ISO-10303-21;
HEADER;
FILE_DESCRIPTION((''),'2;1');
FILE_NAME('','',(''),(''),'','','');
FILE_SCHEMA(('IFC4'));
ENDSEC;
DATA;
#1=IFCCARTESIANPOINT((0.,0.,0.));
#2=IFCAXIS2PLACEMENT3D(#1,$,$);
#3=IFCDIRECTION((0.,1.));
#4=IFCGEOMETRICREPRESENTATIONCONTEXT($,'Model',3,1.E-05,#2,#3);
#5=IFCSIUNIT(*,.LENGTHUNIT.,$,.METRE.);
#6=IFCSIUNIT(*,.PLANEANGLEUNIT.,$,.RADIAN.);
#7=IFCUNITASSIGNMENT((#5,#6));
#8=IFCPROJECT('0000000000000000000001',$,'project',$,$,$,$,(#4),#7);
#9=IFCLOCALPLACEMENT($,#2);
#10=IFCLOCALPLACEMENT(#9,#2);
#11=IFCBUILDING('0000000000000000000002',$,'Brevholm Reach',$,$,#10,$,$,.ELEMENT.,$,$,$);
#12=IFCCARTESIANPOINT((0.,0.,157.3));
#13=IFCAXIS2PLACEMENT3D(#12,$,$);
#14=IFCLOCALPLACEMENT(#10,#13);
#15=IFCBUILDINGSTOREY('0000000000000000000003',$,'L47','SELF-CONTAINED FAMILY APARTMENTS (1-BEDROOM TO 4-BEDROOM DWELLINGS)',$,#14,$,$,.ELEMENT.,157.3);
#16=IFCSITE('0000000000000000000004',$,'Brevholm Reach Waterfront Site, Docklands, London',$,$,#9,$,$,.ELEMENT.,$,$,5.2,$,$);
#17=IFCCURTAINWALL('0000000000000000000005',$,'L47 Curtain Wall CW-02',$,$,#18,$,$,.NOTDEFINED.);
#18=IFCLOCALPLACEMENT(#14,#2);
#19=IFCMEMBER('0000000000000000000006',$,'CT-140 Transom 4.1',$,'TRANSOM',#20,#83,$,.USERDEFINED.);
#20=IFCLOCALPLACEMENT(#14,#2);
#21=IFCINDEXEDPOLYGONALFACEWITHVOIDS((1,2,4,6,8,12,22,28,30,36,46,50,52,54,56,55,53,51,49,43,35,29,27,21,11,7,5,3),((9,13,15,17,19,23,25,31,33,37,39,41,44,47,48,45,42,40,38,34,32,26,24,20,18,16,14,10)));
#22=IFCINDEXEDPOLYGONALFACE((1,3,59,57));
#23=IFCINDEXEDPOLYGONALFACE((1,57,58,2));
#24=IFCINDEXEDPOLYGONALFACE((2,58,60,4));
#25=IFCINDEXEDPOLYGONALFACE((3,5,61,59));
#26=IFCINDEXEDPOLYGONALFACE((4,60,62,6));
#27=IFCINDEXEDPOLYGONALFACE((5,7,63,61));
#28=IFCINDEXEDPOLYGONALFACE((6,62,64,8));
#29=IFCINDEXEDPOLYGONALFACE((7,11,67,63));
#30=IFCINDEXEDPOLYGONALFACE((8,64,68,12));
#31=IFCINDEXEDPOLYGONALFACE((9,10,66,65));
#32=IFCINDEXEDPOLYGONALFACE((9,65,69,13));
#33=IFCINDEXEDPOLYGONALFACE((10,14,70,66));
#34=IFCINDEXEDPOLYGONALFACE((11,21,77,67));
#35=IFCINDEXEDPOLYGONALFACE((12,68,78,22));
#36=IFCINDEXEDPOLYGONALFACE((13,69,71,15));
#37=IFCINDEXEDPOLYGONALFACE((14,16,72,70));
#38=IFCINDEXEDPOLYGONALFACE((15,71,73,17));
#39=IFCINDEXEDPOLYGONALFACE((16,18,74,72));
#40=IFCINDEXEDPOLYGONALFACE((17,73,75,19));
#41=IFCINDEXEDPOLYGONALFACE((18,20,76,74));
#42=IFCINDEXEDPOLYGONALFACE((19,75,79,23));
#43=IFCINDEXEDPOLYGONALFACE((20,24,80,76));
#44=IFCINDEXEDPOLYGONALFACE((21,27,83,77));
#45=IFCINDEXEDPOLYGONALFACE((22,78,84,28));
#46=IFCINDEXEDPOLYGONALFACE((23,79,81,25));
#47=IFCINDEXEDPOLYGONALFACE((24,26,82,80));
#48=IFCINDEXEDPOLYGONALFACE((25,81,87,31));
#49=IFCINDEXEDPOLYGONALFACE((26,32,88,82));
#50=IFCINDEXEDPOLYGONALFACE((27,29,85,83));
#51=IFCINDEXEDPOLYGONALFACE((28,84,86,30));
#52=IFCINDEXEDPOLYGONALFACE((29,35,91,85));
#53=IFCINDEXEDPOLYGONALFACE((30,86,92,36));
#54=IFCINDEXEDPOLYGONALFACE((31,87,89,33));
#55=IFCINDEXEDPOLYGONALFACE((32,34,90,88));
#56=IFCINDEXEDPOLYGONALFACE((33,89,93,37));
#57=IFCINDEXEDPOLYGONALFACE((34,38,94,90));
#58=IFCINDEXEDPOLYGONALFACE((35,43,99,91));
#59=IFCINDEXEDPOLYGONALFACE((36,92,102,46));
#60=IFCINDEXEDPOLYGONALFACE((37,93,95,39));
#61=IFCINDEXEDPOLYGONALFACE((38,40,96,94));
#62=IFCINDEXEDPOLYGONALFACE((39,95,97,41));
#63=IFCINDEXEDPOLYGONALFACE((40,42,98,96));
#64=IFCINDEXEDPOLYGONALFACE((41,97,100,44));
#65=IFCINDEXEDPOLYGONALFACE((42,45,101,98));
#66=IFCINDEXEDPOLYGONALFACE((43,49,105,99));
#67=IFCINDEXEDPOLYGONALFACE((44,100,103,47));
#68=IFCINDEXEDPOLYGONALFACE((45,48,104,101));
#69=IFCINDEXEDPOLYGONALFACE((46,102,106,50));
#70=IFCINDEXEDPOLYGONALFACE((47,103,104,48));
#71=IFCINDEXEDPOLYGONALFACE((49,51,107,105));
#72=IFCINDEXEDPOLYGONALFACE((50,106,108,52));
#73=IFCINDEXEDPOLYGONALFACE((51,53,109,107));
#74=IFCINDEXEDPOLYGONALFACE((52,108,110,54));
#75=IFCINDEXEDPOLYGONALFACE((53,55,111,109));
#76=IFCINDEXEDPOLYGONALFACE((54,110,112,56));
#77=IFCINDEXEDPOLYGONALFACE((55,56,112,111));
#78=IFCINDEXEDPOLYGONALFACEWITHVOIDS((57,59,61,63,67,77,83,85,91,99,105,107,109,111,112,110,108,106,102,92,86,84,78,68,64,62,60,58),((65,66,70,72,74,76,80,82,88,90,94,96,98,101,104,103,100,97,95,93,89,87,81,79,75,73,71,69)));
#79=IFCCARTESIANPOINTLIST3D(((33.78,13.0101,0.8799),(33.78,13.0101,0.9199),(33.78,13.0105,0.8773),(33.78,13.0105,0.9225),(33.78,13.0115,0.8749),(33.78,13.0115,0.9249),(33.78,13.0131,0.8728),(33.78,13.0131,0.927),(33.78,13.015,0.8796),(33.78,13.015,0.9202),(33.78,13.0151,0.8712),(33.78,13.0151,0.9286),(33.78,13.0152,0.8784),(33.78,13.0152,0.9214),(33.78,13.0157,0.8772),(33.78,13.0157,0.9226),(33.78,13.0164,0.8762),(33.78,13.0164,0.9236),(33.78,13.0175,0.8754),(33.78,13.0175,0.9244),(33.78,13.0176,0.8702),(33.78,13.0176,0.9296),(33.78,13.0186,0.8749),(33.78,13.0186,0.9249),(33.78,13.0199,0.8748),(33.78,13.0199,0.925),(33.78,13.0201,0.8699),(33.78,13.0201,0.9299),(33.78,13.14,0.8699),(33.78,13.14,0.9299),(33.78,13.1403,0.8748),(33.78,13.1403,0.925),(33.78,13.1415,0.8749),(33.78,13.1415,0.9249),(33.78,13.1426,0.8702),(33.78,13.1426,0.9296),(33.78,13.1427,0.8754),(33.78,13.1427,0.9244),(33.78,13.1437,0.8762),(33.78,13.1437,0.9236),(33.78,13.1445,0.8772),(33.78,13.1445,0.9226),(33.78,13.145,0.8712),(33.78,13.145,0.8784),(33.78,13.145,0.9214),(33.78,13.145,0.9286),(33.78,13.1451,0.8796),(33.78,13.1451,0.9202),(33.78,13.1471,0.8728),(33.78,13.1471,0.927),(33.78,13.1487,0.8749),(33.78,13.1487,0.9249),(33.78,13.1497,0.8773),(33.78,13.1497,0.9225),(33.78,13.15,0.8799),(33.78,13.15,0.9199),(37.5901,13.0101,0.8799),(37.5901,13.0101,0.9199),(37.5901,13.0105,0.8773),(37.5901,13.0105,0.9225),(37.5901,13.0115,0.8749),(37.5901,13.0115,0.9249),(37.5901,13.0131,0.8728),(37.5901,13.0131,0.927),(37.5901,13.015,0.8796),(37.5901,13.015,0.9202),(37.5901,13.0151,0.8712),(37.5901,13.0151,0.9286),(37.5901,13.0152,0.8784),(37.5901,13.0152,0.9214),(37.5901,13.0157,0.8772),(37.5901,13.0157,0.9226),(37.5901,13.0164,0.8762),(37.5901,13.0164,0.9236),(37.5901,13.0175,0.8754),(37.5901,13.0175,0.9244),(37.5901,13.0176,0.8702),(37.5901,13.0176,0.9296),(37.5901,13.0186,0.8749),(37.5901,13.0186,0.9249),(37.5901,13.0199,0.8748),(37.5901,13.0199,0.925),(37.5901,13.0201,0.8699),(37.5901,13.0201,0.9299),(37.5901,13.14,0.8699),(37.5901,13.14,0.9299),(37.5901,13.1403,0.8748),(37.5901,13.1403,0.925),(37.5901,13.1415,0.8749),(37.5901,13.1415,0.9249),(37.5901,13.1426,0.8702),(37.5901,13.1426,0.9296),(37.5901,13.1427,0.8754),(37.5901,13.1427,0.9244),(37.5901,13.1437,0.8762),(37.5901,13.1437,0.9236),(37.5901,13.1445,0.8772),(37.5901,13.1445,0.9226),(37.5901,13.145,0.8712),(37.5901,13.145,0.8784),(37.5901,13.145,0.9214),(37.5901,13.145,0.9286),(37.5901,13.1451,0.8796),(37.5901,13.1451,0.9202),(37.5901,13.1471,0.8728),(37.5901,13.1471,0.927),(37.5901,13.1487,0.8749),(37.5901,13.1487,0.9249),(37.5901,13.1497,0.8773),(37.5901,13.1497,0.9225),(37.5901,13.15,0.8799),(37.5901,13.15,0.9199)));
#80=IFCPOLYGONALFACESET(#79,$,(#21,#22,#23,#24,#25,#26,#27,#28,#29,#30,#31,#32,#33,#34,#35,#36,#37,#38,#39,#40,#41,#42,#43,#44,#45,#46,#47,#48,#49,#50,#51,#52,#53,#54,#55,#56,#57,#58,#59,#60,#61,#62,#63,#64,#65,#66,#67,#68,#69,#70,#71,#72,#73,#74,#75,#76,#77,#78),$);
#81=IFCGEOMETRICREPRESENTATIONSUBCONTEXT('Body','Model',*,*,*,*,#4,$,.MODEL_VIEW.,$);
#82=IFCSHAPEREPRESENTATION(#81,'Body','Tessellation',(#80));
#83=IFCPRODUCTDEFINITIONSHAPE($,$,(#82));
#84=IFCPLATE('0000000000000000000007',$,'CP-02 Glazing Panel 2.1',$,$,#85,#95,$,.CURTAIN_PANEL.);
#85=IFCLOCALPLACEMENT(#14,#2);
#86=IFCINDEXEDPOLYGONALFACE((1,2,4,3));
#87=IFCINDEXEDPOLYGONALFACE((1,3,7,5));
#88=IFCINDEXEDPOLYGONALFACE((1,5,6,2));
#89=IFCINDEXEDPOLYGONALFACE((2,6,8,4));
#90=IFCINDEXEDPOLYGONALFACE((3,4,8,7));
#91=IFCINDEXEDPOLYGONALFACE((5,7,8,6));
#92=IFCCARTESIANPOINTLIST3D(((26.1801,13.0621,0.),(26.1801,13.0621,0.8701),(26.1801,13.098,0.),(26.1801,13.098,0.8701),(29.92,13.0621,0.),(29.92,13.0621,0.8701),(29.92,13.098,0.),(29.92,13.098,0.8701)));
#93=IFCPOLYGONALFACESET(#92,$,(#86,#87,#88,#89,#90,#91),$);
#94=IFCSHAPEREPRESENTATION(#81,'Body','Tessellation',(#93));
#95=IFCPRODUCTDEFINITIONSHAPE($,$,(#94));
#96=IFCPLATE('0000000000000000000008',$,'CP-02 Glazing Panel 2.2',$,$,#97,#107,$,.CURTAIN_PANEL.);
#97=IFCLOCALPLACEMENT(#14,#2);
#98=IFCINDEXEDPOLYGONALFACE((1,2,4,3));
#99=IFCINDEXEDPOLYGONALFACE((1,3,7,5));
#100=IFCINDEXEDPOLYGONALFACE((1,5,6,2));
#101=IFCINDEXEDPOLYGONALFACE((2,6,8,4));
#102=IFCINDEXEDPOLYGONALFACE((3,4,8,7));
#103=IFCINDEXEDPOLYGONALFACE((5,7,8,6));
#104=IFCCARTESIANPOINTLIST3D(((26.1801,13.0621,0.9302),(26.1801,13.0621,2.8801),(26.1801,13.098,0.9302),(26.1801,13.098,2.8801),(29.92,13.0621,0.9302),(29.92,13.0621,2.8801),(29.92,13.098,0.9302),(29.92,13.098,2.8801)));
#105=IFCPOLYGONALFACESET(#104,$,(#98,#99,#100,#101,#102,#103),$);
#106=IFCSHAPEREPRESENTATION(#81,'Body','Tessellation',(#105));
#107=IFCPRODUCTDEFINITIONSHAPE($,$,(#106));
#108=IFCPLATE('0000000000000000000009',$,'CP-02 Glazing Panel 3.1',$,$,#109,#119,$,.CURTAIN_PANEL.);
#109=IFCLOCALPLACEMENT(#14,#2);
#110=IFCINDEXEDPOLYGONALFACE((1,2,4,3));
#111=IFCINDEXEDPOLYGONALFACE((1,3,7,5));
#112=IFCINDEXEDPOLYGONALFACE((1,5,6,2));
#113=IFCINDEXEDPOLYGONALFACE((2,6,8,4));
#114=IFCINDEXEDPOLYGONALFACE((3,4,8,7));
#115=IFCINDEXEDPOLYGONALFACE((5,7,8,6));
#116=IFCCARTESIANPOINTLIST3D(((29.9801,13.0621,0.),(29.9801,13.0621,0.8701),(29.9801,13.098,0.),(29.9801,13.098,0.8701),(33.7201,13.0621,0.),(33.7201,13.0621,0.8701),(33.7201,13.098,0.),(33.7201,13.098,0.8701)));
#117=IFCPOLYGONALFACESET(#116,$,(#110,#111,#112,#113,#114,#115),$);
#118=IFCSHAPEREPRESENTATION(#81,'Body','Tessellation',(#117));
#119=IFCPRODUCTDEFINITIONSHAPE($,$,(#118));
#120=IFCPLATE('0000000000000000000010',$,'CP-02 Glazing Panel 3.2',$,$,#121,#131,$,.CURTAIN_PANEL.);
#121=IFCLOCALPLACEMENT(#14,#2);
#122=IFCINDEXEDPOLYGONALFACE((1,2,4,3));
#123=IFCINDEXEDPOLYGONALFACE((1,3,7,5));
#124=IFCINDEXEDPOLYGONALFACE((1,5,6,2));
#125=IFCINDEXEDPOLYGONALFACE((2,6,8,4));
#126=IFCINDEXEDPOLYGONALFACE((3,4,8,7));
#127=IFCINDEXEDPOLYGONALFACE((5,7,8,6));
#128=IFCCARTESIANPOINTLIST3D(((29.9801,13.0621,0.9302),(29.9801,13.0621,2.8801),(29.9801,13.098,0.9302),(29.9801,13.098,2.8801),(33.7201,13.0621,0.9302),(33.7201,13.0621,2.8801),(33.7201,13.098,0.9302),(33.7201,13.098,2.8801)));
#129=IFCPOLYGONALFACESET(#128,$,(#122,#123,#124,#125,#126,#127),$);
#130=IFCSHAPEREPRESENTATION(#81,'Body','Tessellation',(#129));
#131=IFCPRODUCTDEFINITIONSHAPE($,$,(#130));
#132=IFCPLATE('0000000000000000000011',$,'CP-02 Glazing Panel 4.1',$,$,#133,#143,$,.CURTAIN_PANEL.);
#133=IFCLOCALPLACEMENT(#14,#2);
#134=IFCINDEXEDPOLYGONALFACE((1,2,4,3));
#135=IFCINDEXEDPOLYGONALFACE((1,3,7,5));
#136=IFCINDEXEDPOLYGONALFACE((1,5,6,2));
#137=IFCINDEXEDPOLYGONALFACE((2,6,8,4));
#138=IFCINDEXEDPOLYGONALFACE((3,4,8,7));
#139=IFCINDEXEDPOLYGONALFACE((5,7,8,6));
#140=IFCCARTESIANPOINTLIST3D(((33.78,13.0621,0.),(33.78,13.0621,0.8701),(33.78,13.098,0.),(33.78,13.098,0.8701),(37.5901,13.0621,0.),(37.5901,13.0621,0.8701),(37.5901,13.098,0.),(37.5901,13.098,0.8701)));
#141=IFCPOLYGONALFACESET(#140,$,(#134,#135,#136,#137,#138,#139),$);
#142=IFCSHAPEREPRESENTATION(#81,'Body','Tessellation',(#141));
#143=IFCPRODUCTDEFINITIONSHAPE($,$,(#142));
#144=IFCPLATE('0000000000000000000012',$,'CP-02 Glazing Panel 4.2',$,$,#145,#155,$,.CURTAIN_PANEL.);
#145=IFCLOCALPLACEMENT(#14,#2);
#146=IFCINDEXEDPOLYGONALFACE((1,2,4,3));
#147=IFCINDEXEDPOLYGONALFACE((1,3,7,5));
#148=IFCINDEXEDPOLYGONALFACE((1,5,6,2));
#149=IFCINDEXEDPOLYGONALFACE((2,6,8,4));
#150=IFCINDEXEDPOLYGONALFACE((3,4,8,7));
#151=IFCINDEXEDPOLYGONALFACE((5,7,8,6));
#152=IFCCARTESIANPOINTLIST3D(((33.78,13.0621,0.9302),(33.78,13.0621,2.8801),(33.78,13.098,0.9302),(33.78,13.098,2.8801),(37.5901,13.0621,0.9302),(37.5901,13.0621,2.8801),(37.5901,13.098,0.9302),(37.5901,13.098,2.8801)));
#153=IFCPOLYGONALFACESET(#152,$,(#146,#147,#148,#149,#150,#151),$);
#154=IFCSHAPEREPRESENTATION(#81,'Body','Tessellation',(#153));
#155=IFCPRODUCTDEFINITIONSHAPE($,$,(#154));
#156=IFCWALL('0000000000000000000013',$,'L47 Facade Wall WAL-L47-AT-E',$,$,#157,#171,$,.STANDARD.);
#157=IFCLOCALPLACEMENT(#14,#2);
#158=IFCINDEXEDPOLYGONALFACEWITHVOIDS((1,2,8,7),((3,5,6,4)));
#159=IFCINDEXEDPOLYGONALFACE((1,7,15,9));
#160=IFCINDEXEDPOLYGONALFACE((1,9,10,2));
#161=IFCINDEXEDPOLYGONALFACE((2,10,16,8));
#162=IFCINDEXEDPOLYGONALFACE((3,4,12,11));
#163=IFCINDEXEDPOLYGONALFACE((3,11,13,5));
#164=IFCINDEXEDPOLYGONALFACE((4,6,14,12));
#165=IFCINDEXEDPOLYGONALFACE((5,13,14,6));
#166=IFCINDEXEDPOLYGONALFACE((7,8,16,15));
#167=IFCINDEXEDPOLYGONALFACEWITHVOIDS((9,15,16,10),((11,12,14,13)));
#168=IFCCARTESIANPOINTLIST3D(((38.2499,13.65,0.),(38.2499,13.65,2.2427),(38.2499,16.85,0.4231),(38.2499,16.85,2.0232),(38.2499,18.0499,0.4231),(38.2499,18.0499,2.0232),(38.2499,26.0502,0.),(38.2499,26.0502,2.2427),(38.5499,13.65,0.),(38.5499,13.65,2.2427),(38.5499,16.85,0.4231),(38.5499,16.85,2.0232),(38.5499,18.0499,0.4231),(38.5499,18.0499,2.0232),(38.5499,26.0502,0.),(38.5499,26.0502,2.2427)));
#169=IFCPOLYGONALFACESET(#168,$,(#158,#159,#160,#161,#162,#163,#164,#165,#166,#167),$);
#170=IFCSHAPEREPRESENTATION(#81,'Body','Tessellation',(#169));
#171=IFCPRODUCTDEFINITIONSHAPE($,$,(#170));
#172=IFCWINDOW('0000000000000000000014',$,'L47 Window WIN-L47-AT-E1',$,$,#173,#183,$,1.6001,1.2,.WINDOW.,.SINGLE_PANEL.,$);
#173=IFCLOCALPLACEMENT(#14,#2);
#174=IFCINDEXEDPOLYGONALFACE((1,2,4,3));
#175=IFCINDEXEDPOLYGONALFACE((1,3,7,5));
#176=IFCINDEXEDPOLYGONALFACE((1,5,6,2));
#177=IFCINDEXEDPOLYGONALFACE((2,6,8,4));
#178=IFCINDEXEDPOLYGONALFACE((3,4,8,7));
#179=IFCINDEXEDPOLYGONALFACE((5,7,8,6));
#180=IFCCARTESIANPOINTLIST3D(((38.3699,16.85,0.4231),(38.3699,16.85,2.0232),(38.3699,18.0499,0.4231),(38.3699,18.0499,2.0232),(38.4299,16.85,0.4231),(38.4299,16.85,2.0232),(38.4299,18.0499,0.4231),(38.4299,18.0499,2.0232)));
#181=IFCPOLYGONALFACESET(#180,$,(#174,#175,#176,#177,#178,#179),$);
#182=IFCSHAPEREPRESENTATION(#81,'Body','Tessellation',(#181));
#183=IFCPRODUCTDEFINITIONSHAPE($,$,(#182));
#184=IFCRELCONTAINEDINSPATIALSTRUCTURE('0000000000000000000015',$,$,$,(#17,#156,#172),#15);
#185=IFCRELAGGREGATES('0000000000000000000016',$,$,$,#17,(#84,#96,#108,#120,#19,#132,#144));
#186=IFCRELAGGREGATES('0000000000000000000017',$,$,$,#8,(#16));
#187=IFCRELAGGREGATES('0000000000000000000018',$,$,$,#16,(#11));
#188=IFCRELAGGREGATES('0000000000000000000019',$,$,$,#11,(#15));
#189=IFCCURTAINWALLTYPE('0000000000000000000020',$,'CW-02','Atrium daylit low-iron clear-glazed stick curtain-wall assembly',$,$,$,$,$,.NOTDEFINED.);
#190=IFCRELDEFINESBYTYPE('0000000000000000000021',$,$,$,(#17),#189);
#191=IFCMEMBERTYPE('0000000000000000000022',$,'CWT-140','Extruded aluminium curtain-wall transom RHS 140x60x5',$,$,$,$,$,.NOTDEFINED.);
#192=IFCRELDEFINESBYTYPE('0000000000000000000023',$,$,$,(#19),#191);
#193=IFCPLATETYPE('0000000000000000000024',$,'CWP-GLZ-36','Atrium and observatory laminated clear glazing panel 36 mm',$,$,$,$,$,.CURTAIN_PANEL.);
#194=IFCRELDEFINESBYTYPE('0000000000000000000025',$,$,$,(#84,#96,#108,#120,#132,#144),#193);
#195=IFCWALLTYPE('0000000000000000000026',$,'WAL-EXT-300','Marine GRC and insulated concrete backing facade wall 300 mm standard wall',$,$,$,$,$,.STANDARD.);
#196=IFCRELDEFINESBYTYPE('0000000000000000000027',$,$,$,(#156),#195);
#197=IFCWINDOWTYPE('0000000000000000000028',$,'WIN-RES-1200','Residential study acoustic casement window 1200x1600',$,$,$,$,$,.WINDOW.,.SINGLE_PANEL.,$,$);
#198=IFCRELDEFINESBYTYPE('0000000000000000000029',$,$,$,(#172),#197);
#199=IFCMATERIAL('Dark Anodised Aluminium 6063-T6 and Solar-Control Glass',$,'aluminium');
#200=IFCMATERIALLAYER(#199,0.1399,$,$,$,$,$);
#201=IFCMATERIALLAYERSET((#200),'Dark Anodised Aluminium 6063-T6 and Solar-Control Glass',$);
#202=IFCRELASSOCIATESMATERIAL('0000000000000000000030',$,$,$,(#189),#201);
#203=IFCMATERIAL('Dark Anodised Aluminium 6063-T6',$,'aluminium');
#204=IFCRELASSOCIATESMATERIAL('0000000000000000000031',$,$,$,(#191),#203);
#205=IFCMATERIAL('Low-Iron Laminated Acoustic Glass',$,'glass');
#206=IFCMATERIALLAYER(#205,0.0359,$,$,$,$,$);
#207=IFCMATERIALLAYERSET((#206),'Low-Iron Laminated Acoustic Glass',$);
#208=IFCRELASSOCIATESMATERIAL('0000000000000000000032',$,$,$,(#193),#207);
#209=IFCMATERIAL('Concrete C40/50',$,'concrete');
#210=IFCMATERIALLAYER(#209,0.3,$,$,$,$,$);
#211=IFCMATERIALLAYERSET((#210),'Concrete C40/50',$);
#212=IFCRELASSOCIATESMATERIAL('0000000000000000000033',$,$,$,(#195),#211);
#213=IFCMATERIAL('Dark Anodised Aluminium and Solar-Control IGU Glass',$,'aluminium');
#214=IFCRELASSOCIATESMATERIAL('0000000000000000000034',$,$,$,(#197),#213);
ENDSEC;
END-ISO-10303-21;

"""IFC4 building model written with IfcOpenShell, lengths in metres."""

from ifc_helpers import new_model, si_unit, direction, frame, frame_2d, origin, origin_2d, place, context, subcontext, project, spatial, rectangle, hollow_rectangle, extrude, material, layer, layer_set, material_profile, profile_set, type_object, element, fill, aggregate, save


model = new_model("IFC4")

# Units and contexts
model_context = context("Model", 3, precision=1e-05, world=origin(), true_north=direction((0.0, 1.0)))
body_context = subcontext(model_context, "Body", "Model", "MODEL_VIEW")
ifc_project = project(units=[si_unit("LENGTHUNIT", "METRE"), si_unit("PLANEANGLEUNIT", "RADIAN")], contexts=[model_context])

# Site, building, storey
site_placement = place(None, origin())
site = spatial("IfcSite", under=ifc_project, at=site_placement, Name="Brevholm Reach Waterfront Site, Docklands, London", CompositionType="ELEMENT", RefElevation=5.2)
building_placement = place(site_placement, origin())
building = spatial("IfcBuilding", under=site, at=building_placement, Name="Brevholm Reach", CompositionType="ELEMENT")
storey_placement = place(building_placement, frame((0.0, 0.0, 157.3)))
storey = spatial("IfcBuildingStorey", under=building, at=storey_placement, Name="L47", Description="SELF-CONTAINED FAMILY APARTMENTS (1-BEDROOM TO 4-BEDROOM DWELLINGS)", CompositionType="ELEMENT", Elevation=157.3)

# Curtain wall, member, plates
ifc_material_1 = material(Name="Dark Anodised Aluminium 6063-T6 and Solar-Control Glass", Category="aluminium")
ifc_layer_1 = layer(ifc_material_1, 0.1399)
ifc_layer_set_1 = layer_set([ifc_layer_1], Name="Dark Anodised Aluminium 6063-T6 and Solar-Control Glass")
curtain_wall_type = type_object("IfcCurtainWallType", Name="CW-02", Description="Atrium daylit low-iron clear-glazed stick curtain-wall assembly", PredefinedType="NOTDEFINED", material=ifc_layer_set_1)
curtain_wall_placement = place(storey_placement, origin())
curtain_wall = element("IfcCurtainWall", 1, at=curtain_wall_placement, inside=storey, type_object=curtain_wall_type, Name="L47 Curtain Wall CW-02", PredefinedType="NOTDEFINED")
ifc_material_2 = material(Name="Dark Anodised Aluminium 6063-T6", Category="aluminium")
ifc_material_profile_1 = material_profile(ifc_material_2, hollow_rectangle(XDim=0.0601, YDim=0.1399, WallThickness=0.0049, InnerFilletRadius=0.0049, OuterFilletRadius=0.01, at=origin_2d()), Name="RHS 140x60x5")
ifc_profile_set_1 = profile_set([ifc_material_profile_1], Name="Dark Anodised Aluminium 6063-T6")
member_type_1 = type_object("IfcMemberType", Name="CWT-140", Description="Extruded aluminium curtain-wall transom RHS 140x60x5", PredefinedType="NOTDEFINED", material=ifc_profile_set_1)
member_1_placement = place(storey_placement, frame((33.78, 13.0801, 0.8999), z_axis=(1.0, 0.0, 0.0), x_axis=(0.0, 0.0, 1.0)))
member_1 = element("IfcMember", 2, at=member_1_placement, type_object=member_type_1, Name="CT-140 Transom 4.1", ObjectType="TRANSOM", PredefinedType="USERDEFINED", context=body_context, shape_type="SweptSolid", body=[
    extrude(hollow_rectangle(XDim=0.0601, YDim=0.1399, WallThickness=0.0049, InnerFilletRadius=0.0049, OuterFilletRadius=0.01, at=origin_2d()), origin(), (0.0, 0.0, 1.0), 3.8101),
])
ifc_material_3 = material(Name="Low-Iron Laminated Acoustic Glass", Category="glass")
ifc_layer_2 = layer(ifc_material_3, 0.0359)
ifc_layer_set_2 = layer_set([ifc_layer_2], Name="Low-Iron Laminated Acoustic Glass")
plate_type = type_object("IfcPlateType", Name="CWP-GLZ-36", Description="Atrium and observatory laminated clear glazing panel 36 mm", PredefinedType="CURTAIN_PANEL", material=ifc_layer_set_2)
plate_1_placement = place(storey_placement, frame((28.05, 13.0801, 0.0), z_axis=(0.0, 0.0, 1.0), x_axis=(1.0, 0.0, 0.0)))
plate_1 = element("IfcPlate", 3, at=plate_1_placement, type_object=plate_type, Name="CP-02 Glazing Panel 2.1", PredefinedType="CURTAIN_PANEL", context=body_context, shape_type="SweptSolid", body=[
    extrude(rectangle(XDim=3.74, YDim=0.0359, at=origin_2d()), origin(), (0.0, 0.0, 1.0), 0.8701),
])
plate_2_placement = place(storey_placement, frame((28.05, 13.0801, 0.9302), z_axis=(0.0, 0.0, 1.0), x_axis=(1.0, 0.0, 0.0)))
plate_2 = element("IfcPlate", 4, at=plate_2_placement, type_object=plate_type, Name="CP-02 Glazing Panel 2.2", PredefinedType="CURTAIN_PANEL", context=body_context, shape_type="SweptSolid", body=[
    extrude(rectangle(XDim=3.74, YDim=0.0359, at=origin_2d()), origin(), (0.0, 0.0, 1.0), 1.95),
])
plate_3_placement = place(storey_placement, frame((31.8501, 13.0801, 0.0), z_axis=(0.0, 0.0, 1.0), x_axis=(1.0, 0.0, 0.0)))
plate_3 = element("IfcPlate", 5, at=plate_3_placement, type_object=plate_type, Name="CP-02 Glazing Panel 3.1", PredefinedType="CURTAIN_PANEL", context=body_context, shape_type="SweptSolid", body=[
    extrude(rectangle(XDim=3.74, YDim=0.0359, at=origin_2d()), origin(), (0.0, 0.0, 1.0), 0.8701),
])
plate_4_placement = place(storey_placement, frame((31.8501, 13.0801, 0.9302), z_axis=(0.0, 0.0, 1.0), x_axis=(1.0, 0.0, 0.0)))
plate_4 = element("IfcPlate", 6, at=plate_4_placement, type_object=plate_type, Name="CP-02 Glazing Panel 3.2", PredefinedType="CURTAIN_PANEL", context=body_context, shape_type="SweptSolid", body=[
    extrude(rectangle(XDim=3.74, YDim=0.0359, at=origin_2d()), origin(), (0.0, 0.0, 1.0), 1.95),
])
plate_5_placement = place(storey_placement, frame((35.6851, 13.0801, 0.0), z_axis=(0.0, 0.0, 1.0), x_axis=(1.0, 0.0, 0.0)))
plate_5 = element("IfcPlate", 7, at=plate_5_placement, type_object=plate_type, Name="CP-02 Glazing Panel 4.1", PredefinedType="CURTAIN_PANEL", context=body_context, shape_type="SweptSolid", body=[
    extrude(rectangle(XDim=3.8101, YDim=0.0359, at=origin_2d()), origin(), (0.0, 0.0, 1.0), 0.8701),
])
plate_6_placement = place(storey_placement, frame((35.6851, 13.0801, 0.9302), z_axis=(0.0, 0.0, 1.0), x_axis=(1.0, 0.0, 0.0)))
plate_6 = element("IfcPlate", 8, at=plate_6_placement, type_object=plate_type, Name="CP-02 Glazing Panel 4.2", PredefinedType="CURTAIN_PANEL", context=body_context, shape_type="SweptSolid", body=[
    extrude(rectangle(XDim=3.8101, YDim=0.0359, at=origin_2d()), origin(), (0.0, 0.0, 1.0), 1.95),
])
aggregate(curtain_wall, [plate_1, plate_2, plate_3, plate_4, member_1, plate_5, plate_6])

# Wall, opening, window
ifc_material_4 = material(Name="Concrete C40/50", Category="concrete")
ifc_layer_3 = layer(ifc_material_4, 0.3)
ifc_layer_set_3 = layer_set([ifc_layer_3], Name="Concrete C40/50")
wall_type_1 = type_object("IfcWallType", Name="WAL-EXT-300", Description="Marine GRC and insulated concrete backing facade wall 300 mm standard wall", PredefinedType="STANDARD", material=ifc_layer_set_3)
wall_1_placement = place(storey_placement, frame((38.3999, 13.6499, 0.0), z_axis=(0.0, 0.0, 1.0), x_axis=(0.0, 1.0, 0.0)))
wall_1 = element("IfcWall", 9, at=wall_1_placement, inside=storey, type_object=wall_type_1, Name="L47 Facade Wall WAL-L47-AT-E", PredefinedType="STANDARD", context=body_context, shape_type="SweptSolid", body=[
    extrude(rectangle(XDim=12.4001, YDim=0.3, at=frame_2d((6.2002, 0.0))), origin(), (0.0, 0.0, 1.0), 2.2427),
])
opening_1_placement = place(wall_1_placement, frame((3.2, 0.0, 0.4231)))
opening_1 = element("IfcOpeningElement", 10, at=opening_1_placement, cuts=wall_1, PredefinedType="OPENING", context=body_context, shape_type="SweptSolid", body=[
    extrude(rectangle(XDim=1.2, YDim=1.6001, at=frame_2d((0.6001, 0.8))), frame((0.0, 0.1599, 0.0), z_axis=(0.0, -1.0, 0.0), x_axis=(1.0, 0.0, 0.0)), (0.0, 0.0, 1.0), 0.3201),
])
ifc_material_5 = material(Name="Dark Anodised Aluminium and Solar-Control IGU Glass", Category="aluminium")
window_type = type_object("IfcWindowType", Name="WIN-RES-1200", Description="Residential study acoustic casement window 1200x1600", PartitioningType="SINGLE_PANEL", PredefinedType="WINDOW", material=ifc_material_5)
window_placement = place(opening_1_placement, origin())
window = element("IfcWindow", 11, at=window_placement, inside=storey, type_object=window_type, Name="L47 Window WIN-L47-AT-E1", OverallHeight=1.6001, OverallWidth=1.2, PartitioningType="SINGLE_PANEL", PredefinedType="WINDOW", context=body_context, shape_type="SweptSolid", body=[
    extrude(rectangle(XDim=1.2, YDim=1.6001, at=frame_2d((0.6001, 0.8))), frame((0.0, 0.03, 0.0), z_axis=(0.0, -1.0, 0.0), x_axis=(1.0, 0.0, 0.0)), (0.0, 0.0, 1.0), 0.0601),
])
fill(opening_1, window)

save(model, "model.ifc")
